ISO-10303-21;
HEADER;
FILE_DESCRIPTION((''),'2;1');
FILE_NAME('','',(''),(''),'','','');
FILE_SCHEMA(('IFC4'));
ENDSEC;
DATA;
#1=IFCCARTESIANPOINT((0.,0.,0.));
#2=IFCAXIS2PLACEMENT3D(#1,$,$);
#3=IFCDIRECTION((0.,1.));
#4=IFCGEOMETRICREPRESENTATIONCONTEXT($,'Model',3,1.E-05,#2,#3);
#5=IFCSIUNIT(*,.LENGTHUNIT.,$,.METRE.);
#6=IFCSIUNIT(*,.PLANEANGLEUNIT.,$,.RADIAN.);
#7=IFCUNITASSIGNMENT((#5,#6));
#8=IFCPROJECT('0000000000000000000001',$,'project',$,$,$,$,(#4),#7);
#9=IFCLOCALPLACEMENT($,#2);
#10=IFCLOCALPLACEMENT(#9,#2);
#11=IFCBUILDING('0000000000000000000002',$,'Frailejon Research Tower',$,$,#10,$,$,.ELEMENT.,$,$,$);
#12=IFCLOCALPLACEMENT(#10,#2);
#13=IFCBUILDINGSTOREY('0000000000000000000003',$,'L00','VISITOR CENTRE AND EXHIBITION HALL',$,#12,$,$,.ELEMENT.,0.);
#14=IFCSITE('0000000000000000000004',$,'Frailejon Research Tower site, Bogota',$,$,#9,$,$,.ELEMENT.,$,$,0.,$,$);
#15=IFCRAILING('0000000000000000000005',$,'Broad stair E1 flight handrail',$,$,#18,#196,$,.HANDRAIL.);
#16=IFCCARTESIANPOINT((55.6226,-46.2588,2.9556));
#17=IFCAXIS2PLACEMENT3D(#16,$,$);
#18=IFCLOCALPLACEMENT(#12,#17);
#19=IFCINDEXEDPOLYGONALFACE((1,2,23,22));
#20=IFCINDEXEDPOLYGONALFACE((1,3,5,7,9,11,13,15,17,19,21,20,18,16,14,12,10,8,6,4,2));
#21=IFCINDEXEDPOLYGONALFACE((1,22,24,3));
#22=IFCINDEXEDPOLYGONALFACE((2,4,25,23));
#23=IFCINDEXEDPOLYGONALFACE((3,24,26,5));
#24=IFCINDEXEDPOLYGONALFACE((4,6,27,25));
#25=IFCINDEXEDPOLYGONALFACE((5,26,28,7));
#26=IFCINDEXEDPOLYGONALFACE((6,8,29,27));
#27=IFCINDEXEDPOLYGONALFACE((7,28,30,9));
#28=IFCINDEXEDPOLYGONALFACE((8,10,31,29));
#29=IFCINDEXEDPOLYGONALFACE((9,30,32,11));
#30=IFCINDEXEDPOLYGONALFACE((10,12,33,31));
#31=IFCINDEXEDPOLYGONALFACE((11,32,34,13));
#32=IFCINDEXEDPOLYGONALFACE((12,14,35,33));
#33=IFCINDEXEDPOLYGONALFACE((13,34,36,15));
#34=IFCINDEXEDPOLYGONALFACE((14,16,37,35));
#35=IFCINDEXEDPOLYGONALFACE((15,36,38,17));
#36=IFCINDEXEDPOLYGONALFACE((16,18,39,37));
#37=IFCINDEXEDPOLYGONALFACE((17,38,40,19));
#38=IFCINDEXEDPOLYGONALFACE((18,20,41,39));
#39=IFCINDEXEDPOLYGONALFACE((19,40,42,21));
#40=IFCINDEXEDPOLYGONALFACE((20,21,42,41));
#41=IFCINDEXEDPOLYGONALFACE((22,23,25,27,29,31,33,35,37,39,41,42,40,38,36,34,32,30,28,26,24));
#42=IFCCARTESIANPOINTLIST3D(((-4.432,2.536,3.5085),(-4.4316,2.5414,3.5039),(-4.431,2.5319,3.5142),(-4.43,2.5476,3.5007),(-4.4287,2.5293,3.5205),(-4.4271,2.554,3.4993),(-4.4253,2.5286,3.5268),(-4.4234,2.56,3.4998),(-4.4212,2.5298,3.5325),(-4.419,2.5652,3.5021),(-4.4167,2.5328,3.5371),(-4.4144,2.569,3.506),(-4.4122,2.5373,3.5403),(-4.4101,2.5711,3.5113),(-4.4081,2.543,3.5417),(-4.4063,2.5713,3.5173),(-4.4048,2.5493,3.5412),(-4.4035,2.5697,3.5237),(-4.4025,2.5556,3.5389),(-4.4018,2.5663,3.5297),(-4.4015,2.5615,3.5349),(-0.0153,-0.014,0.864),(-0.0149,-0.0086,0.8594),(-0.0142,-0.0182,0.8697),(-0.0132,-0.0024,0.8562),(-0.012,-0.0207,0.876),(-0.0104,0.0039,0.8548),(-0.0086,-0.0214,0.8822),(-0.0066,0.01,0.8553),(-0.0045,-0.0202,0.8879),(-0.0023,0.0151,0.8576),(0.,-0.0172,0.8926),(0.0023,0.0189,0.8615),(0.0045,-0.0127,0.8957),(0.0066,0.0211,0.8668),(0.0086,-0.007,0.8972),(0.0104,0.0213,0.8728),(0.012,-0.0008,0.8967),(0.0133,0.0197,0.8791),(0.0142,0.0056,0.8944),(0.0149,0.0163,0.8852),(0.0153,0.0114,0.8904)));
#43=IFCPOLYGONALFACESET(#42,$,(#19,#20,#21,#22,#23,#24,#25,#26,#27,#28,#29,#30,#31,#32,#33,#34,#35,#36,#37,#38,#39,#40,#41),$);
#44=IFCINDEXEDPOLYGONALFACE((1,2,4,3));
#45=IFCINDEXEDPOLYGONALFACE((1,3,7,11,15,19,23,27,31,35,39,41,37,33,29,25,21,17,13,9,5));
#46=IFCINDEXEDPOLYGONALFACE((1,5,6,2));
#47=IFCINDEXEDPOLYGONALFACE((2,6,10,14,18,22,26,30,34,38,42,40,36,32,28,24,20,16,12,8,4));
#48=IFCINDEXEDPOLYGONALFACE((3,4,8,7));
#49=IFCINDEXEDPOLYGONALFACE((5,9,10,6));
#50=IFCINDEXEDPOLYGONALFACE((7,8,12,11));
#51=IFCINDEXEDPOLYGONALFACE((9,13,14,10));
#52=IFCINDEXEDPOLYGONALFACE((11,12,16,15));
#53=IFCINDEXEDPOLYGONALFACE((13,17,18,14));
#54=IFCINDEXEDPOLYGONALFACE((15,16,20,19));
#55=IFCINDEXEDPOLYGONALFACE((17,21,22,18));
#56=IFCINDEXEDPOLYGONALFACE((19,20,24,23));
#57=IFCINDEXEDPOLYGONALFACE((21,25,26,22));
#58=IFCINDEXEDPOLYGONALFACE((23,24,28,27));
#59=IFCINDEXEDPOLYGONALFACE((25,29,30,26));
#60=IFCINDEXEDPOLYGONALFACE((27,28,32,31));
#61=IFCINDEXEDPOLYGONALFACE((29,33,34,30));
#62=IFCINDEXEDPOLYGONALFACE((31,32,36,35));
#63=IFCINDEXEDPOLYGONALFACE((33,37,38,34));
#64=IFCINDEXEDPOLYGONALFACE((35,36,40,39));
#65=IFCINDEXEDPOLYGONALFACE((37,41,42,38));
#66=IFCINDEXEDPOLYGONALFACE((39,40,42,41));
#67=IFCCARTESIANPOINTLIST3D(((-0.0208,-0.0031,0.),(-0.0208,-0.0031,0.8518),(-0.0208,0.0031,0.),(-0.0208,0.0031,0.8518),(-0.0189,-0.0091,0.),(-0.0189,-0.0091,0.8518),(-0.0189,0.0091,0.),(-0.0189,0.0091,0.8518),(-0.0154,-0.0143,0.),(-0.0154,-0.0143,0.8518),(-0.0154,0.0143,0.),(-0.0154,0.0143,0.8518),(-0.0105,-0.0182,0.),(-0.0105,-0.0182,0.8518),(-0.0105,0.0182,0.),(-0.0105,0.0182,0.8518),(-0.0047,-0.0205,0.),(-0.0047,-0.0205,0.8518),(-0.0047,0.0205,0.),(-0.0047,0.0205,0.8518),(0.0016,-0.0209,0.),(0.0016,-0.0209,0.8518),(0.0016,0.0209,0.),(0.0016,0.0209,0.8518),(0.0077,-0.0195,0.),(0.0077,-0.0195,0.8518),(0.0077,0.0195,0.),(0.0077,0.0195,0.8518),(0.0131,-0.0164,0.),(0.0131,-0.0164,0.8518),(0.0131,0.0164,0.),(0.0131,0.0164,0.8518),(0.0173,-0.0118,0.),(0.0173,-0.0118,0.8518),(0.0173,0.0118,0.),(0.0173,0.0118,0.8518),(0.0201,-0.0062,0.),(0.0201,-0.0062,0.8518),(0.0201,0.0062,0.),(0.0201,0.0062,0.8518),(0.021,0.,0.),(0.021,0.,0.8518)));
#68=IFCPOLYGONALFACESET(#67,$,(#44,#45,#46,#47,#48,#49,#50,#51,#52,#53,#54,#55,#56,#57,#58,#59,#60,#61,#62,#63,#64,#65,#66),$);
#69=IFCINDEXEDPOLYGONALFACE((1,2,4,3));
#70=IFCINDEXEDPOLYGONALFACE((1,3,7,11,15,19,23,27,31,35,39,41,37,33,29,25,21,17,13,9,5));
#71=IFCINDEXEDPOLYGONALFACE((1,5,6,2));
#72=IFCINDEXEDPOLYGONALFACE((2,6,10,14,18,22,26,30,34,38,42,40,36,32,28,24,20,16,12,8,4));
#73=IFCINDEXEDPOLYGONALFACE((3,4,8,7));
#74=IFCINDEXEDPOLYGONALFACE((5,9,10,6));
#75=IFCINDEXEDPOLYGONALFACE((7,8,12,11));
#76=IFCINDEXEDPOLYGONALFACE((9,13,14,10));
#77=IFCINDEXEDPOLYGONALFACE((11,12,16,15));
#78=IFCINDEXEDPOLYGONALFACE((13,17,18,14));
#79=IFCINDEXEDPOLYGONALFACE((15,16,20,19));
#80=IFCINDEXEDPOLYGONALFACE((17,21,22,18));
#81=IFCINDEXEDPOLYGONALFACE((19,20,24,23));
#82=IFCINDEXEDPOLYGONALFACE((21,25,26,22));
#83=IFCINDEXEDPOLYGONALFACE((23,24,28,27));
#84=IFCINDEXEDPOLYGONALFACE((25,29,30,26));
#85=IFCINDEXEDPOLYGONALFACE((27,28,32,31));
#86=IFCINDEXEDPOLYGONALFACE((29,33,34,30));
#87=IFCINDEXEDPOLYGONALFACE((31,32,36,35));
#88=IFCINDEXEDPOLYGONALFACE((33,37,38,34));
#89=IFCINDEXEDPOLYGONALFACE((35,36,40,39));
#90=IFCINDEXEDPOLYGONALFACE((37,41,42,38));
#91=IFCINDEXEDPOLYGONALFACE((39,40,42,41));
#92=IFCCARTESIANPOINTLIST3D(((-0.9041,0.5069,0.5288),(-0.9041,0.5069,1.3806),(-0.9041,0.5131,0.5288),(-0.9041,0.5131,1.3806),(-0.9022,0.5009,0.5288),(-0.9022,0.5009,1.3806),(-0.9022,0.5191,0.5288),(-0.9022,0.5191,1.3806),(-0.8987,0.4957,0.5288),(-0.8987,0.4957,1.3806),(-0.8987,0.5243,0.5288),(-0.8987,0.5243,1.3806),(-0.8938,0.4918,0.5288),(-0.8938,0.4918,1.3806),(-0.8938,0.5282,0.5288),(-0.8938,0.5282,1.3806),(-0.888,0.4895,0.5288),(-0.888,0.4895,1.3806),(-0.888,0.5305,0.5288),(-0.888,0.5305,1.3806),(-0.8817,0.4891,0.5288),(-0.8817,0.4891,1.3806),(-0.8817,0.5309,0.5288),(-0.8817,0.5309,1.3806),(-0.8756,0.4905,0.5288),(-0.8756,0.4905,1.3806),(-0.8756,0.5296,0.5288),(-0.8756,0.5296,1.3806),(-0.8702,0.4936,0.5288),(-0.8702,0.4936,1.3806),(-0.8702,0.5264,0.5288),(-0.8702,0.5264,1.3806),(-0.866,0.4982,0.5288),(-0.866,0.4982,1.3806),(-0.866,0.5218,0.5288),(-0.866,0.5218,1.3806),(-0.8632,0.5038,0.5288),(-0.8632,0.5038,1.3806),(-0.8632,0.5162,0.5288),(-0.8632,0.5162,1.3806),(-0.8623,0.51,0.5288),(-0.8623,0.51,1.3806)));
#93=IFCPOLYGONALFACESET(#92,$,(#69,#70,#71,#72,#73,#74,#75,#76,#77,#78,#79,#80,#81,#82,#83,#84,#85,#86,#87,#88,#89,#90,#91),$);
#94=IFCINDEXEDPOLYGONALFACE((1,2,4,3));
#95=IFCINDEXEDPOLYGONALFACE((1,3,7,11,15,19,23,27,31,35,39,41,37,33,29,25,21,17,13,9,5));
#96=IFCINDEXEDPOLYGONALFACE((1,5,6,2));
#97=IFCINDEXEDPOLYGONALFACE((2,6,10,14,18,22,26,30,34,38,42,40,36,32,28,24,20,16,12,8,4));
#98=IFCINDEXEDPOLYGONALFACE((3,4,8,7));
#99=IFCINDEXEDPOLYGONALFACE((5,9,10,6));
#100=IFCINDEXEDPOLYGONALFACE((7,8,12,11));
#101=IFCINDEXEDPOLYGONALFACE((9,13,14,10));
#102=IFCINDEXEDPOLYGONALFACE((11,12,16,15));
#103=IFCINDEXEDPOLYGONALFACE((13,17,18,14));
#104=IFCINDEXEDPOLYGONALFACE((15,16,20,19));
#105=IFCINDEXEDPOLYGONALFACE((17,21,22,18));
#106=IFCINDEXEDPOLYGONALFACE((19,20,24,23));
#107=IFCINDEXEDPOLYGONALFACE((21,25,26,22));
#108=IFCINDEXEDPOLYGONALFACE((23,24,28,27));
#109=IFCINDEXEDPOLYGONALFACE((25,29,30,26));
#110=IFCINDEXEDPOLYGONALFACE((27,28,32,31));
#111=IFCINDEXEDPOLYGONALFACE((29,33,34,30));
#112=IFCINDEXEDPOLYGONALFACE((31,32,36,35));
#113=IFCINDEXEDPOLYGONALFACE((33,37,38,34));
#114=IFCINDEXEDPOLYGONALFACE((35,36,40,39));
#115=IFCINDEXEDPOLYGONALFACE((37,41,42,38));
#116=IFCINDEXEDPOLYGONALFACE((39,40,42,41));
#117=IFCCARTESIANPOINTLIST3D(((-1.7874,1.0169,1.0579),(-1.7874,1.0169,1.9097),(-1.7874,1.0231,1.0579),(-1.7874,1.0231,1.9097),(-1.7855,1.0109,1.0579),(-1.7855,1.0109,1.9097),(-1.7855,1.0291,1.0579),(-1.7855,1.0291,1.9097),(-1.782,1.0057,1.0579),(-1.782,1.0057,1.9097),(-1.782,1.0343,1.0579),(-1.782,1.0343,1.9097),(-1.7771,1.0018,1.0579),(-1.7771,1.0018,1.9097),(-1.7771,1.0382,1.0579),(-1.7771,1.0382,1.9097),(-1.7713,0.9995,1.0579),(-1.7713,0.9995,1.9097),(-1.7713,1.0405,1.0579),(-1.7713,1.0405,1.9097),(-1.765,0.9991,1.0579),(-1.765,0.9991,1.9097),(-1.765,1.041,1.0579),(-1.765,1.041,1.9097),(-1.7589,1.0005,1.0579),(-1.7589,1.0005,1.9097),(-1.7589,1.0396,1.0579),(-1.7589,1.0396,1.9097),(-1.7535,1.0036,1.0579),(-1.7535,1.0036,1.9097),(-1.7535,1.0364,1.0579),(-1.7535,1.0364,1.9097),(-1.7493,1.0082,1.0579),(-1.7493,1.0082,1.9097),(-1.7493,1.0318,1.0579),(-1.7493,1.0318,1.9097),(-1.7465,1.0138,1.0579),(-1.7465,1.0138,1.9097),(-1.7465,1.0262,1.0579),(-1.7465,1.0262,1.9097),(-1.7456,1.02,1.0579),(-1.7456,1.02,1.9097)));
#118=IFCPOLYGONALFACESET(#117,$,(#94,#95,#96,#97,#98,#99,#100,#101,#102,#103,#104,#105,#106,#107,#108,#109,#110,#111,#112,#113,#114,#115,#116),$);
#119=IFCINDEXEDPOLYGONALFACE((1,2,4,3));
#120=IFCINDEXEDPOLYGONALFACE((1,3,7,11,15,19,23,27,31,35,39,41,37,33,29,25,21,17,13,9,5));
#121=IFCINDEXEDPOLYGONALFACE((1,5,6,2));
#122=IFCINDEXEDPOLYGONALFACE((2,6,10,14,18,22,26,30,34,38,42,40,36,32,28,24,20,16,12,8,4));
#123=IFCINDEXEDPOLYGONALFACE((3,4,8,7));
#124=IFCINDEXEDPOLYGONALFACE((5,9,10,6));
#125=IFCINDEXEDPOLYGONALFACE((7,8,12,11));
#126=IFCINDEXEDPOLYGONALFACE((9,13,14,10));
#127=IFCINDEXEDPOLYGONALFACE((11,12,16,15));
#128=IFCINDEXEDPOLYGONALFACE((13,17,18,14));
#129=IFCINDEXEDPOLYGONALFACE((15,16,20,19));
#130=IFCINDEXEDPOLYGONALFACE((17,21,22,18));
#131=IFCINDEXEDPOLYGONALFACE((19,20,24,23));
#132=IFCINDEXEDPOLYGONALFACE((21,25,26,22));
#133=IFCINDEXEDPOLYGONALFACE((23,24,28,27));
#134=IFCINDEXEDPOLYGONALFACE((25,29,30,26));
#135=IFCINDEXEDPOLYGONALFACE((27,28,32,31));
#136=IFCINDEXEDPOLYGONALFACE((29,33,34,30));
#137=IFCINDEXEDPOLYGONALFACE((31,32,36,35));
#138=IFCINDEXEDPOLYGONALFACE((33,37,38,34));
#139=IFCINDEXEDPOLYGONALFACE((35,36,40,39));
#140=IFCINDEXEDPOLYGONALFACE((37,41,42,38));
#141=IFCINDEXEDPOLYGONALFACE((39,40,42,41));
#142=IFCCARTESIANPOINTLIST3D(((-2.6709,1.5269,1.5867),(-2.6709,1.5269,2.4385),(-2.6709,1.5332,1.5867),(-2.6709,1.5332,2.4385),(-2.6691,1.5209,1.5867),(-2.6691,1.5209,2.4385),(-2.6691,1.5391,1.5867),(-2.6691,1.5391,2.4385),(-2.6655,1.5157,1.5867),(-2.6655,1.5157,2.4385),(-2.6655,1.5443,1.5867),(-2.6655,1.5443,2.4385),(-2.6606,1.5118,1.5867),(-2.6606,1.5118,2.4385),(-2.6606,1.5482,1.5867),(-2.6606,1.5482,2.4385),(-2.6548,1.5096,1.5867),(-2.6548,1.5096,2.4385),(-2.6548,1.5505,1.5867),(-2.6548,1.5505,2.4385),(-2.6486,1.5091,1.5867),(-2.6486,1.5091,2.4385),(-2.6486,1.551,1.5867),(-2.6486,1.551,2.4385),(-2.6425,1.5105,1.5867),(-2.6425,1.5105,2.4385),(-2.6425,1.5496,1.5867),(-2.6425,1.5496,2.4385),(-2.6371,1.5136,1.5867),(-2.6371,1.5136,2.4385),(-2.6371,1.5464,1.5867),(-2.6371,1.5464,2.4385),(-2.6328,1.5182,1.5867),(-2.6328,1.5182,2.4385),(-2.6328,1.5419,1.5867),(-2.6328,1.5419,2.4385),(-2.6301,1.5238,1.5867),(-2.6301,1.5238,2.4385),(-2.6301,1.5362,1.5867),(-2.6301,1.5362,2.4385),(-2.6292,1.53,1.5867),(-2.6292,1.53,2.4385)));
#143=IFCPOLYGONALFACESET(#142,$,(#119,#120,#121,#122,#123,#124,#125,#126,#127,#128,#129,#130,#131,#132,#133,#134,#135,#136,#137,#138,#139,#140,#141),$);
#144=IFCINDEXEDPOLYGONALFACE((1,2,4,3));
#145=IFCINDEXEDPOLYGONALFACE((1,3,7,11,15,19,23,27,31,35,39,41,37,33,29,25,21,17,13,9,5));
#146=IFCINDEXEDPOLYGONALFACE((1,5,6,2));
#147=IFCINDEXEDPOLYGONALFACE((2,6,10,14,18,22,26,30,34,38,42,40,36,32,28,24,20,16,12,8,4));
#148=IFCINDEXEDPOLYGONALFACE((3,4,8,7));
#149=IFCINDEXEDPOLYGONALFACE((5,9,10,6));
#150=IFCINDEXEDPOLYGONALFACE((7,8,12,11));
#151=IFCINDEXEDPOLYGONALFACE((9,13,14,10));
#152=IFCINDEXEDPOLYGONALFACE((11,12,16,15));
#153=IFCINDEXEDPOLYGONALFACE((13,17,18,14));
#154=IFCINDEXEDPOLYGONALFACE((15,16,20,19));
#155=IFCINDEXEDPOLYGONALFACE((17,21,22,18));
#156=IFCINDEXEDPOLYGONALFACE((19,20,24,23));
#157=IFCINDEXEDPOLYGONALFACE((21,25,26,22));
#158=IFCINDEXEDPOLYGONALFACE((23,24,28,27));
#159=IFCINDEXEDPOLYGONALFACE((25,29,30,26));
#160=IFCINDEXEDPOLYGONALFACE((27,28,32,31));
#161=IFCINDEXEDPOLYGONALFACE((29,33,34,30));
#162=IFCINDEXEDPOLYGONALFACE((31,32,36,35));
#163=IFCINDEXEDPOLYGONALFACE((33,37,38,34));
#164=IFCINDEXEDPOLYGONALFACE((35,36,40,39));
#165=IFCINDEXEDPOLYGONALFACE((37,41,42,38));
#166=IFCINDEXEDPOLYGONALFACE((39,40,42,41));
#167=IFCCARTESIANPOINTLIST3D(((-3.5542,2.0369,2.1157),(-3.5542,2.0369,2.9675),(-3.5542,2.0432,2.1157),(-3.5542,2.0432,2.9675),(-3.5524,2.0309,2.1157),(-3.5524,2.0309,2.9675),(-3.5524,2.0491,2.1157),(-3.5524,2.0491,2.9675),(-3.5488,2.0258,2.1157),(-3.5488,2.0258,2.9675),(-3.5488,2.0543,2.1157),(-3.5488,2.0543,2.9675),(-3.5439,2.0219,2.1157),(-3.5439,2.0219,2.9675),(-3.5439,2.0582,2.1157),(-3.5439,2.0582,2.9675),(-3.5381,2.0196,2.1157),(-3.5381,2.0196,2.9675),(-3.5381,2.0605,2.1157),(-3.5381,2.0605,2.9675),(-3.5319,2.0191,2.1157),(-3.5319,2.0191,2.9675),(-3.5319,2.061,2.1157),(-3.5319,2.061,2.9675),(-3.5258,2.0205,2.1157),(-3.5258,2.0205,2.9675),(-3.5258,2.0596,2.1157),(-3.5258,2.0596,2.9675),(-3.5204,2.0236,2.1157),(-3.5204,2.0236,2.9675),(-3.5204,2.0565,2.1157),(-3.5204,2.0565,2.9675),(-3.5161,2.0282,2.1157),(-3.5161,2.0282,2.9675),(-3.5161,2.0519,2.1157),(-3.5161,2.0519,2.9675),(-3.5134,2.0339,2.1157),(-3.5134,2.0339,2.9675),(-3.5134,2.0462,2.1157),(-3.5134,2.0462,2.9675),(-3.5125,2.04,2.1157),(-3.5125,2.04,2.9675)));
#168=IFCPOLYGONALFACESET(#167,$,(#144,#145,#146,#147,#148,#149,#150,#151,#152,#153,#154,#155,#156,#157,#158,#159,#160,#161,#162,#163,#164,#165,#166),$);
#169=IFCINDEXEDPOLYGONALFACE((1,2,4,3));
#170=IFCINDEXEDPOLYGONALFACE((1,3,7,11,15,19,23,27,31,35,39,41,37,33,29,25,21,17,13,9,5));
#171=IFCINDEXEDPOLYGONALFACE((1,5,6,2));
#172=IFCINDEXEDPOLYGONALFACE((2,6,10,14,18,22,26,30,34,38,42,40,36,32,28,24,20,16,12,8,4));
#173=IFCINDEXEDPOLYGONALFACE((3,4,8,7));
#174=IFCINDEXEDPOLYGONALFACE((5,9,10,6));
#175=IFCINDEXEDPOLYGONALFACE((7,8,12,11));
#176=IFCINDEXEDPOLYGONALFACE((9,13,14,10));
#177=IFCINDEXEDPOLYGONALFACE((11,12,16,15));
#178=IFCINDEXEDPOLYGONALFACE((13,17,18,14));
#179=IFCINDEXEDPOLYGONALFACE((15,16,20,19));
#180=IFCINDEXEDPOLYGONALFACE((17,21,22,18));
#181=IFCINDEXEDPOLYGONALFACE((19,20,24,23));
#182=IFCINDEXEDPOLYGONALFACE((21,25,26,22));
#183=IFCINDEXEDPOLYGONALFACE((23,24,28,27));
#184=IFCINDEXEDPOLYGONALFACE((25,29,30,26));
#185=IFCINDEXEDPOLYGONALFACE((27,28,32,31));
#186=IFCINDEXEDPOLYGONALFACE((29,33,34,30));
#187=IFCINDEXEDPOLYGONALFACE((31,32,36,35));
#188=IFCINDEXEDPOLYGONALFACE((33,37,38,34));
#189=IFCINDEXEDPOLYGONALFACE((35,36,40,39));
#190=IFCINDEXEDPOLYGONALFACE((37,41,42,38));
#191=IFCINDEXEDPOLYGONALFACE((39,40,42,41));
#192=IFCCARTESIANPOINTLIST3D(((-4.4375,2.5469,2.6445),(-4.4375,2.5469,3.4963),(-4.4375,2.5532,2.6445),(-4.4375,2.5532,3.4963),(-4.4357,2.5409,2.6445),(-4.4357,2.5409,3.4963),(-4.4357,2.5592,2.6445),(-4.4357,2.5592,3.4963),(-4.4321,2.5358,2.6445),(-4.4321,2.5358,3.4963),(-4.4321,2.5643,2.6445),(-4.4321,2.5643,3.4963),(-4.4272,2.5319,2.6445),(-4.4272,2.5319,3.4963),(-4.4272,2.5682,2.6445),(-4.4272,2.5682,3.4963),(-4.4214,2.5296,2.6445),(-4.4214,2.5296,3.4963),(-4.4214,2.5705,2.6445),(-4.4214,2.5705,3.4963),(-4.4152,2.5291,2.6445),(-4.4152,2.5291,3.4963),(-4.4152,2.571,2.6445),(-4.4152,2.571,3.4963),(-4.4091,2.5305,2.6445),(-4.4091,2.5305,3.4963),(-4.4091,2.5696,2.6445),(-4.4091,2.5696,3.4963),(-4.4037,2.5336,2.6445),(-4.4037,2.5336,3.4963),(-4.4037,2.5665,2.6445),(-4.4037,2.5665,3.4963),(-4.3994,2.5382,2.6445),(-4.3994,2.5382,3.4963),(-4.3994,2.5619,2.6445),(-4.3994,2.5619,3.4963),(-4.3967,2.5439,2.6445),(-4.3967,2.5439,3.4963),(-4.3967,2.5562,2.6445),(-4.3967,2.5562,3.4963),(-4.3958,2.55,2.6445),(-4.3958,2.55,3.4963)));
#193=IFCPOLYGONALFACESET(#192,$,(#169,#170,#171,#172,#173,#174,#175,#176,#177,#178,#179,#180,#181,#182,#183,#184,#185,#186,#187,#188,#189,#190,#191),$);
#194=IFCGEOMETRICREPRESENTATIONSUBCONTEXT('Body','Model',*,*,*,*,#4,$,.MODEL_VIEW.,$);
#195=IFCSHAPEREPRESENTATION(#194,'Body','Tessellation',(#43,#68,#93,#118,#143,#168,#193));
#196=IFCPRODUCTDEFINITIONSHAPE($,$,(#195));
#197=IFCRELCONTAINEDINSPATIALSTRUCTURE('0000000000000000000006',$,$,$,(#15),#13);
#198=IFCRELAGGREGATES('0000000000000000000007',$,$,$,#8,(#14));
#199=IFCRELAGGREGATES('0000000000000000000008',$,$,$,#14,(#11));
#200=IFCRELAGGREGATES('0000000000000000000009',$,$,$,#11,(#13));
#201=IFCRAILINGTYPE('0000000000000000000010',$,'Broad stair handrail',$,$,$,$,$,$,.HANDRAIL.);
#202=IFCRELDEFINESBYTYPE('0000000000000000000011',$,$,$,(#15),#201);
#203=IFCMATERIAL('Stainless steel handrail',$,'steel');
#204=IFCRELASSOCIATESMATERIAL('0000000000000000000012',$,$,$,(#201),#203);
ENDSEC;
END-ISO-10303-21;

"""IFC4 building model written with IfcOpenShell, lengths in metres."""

from ifc_helpers import new_model, si_unit, direction, frame, origin, origin_2d, place, context, subcontext, project, spatial, circle, extrude, material, type_object, element, save


model = new_model("IFC4")

# Units and contexts
model_context = context("Model", 3, precision=1e-05, world=origin(), true_north=direction((0.0, 1.0)))
body_context = subcontext(model_context, "Body", "Model", "MODEL_VIEW")
ifc_project = project(units=[si_unit("LENGTHUNIT", "METRE"), si_unit("PLANEANGLEUNIT", "RADIAN")], contexts=[model_context])

# Site, building, storey
site_placement = place(None, origin())
site = spatial("IfcSite", under=ifc_project, at=site_placement, Name="Frailejon Research Tower site, Bogota", CompositionType="ELEMENT", RefElevation=0.0)
building_placement = place(site_placement, origin())
building = spatial("IfcBuilding", under=site, at=building_placement, Name="Frailejon Research Tower", CompositionType="ELEMENT")
storey_placement = place(building_placement, origin())
storey = spatial("IfcBuildingStorey", under=building, at=storey_placement, Name="L00", Description="VISITOR CENTRE AND EXHIBITION HALL", CompositionType="ELEMENT", Elevation=0.0)

# Railing
ifc_material_1 = material(Name="Stainless steel handrail", Category="steel")
railing_type_1 = type_object("IfcRailingType", Name="Broad stair handrail", PredefinedType="HANDRAIL", material=ifc_material_1)
for number, where, name in (
    (1, (55.6226, -46.2588, 2.9556), "Broad stair E1 flight handrail"),
):
    element("IfcRailing", number, at=place(storey_placement, frame(where)), inside=storey, type_object=railing_type_1, Name=name, PredefinedType="HANDRAIL", context=body_context, shape_type="SweptSolid", body=[
        extrude(circle(Radius=0.0239, at=origin_2d()), frame((0.0, 0.0, 0.876), z_axis=(-0.768811, 0.44388, 0.460326), x_axis=(-0.500006, -0.866022, 0.0)), (0.0, 0.0, 1.0), 5.7449),
        extrude(circle(Radius=0.021, at=origin_2d()), origin(), (0.0, 0.0, 1.0), 0.8518),
        extrude(circle(Radius=0.021, at=origin_2d()), frame((-0.8833, 0.51, 0.5288)), (0.0, 0.0, 1.0), 0.8518),
        extrude(circle(Radius=0.021, at=origin_2d()), frame((-1.7666, 1.02, 1.0579)), (0.0, 0.0, 1.0), 0.8518),
        extrude(circle(Radius=0.021, at=origin_2d()), frame((-2.6501, 1.53, 1.5867)), (0.0, 0.0, 1.0), 0.8518),
        extrude(circle(Radius=0.021, at=origin_2d()), frame((-3.5334, 2.04, 2.1157)), (0.0, 0.0, 1.0), 0.8518),
        extrude(circle(Radius=0.021, at=origin_2d()), frame((-4.4167, 2.55, 2.6445)), (0.0, 0.0, 1.0), 0.8518),
    ])

save(model, "model.ifc")
